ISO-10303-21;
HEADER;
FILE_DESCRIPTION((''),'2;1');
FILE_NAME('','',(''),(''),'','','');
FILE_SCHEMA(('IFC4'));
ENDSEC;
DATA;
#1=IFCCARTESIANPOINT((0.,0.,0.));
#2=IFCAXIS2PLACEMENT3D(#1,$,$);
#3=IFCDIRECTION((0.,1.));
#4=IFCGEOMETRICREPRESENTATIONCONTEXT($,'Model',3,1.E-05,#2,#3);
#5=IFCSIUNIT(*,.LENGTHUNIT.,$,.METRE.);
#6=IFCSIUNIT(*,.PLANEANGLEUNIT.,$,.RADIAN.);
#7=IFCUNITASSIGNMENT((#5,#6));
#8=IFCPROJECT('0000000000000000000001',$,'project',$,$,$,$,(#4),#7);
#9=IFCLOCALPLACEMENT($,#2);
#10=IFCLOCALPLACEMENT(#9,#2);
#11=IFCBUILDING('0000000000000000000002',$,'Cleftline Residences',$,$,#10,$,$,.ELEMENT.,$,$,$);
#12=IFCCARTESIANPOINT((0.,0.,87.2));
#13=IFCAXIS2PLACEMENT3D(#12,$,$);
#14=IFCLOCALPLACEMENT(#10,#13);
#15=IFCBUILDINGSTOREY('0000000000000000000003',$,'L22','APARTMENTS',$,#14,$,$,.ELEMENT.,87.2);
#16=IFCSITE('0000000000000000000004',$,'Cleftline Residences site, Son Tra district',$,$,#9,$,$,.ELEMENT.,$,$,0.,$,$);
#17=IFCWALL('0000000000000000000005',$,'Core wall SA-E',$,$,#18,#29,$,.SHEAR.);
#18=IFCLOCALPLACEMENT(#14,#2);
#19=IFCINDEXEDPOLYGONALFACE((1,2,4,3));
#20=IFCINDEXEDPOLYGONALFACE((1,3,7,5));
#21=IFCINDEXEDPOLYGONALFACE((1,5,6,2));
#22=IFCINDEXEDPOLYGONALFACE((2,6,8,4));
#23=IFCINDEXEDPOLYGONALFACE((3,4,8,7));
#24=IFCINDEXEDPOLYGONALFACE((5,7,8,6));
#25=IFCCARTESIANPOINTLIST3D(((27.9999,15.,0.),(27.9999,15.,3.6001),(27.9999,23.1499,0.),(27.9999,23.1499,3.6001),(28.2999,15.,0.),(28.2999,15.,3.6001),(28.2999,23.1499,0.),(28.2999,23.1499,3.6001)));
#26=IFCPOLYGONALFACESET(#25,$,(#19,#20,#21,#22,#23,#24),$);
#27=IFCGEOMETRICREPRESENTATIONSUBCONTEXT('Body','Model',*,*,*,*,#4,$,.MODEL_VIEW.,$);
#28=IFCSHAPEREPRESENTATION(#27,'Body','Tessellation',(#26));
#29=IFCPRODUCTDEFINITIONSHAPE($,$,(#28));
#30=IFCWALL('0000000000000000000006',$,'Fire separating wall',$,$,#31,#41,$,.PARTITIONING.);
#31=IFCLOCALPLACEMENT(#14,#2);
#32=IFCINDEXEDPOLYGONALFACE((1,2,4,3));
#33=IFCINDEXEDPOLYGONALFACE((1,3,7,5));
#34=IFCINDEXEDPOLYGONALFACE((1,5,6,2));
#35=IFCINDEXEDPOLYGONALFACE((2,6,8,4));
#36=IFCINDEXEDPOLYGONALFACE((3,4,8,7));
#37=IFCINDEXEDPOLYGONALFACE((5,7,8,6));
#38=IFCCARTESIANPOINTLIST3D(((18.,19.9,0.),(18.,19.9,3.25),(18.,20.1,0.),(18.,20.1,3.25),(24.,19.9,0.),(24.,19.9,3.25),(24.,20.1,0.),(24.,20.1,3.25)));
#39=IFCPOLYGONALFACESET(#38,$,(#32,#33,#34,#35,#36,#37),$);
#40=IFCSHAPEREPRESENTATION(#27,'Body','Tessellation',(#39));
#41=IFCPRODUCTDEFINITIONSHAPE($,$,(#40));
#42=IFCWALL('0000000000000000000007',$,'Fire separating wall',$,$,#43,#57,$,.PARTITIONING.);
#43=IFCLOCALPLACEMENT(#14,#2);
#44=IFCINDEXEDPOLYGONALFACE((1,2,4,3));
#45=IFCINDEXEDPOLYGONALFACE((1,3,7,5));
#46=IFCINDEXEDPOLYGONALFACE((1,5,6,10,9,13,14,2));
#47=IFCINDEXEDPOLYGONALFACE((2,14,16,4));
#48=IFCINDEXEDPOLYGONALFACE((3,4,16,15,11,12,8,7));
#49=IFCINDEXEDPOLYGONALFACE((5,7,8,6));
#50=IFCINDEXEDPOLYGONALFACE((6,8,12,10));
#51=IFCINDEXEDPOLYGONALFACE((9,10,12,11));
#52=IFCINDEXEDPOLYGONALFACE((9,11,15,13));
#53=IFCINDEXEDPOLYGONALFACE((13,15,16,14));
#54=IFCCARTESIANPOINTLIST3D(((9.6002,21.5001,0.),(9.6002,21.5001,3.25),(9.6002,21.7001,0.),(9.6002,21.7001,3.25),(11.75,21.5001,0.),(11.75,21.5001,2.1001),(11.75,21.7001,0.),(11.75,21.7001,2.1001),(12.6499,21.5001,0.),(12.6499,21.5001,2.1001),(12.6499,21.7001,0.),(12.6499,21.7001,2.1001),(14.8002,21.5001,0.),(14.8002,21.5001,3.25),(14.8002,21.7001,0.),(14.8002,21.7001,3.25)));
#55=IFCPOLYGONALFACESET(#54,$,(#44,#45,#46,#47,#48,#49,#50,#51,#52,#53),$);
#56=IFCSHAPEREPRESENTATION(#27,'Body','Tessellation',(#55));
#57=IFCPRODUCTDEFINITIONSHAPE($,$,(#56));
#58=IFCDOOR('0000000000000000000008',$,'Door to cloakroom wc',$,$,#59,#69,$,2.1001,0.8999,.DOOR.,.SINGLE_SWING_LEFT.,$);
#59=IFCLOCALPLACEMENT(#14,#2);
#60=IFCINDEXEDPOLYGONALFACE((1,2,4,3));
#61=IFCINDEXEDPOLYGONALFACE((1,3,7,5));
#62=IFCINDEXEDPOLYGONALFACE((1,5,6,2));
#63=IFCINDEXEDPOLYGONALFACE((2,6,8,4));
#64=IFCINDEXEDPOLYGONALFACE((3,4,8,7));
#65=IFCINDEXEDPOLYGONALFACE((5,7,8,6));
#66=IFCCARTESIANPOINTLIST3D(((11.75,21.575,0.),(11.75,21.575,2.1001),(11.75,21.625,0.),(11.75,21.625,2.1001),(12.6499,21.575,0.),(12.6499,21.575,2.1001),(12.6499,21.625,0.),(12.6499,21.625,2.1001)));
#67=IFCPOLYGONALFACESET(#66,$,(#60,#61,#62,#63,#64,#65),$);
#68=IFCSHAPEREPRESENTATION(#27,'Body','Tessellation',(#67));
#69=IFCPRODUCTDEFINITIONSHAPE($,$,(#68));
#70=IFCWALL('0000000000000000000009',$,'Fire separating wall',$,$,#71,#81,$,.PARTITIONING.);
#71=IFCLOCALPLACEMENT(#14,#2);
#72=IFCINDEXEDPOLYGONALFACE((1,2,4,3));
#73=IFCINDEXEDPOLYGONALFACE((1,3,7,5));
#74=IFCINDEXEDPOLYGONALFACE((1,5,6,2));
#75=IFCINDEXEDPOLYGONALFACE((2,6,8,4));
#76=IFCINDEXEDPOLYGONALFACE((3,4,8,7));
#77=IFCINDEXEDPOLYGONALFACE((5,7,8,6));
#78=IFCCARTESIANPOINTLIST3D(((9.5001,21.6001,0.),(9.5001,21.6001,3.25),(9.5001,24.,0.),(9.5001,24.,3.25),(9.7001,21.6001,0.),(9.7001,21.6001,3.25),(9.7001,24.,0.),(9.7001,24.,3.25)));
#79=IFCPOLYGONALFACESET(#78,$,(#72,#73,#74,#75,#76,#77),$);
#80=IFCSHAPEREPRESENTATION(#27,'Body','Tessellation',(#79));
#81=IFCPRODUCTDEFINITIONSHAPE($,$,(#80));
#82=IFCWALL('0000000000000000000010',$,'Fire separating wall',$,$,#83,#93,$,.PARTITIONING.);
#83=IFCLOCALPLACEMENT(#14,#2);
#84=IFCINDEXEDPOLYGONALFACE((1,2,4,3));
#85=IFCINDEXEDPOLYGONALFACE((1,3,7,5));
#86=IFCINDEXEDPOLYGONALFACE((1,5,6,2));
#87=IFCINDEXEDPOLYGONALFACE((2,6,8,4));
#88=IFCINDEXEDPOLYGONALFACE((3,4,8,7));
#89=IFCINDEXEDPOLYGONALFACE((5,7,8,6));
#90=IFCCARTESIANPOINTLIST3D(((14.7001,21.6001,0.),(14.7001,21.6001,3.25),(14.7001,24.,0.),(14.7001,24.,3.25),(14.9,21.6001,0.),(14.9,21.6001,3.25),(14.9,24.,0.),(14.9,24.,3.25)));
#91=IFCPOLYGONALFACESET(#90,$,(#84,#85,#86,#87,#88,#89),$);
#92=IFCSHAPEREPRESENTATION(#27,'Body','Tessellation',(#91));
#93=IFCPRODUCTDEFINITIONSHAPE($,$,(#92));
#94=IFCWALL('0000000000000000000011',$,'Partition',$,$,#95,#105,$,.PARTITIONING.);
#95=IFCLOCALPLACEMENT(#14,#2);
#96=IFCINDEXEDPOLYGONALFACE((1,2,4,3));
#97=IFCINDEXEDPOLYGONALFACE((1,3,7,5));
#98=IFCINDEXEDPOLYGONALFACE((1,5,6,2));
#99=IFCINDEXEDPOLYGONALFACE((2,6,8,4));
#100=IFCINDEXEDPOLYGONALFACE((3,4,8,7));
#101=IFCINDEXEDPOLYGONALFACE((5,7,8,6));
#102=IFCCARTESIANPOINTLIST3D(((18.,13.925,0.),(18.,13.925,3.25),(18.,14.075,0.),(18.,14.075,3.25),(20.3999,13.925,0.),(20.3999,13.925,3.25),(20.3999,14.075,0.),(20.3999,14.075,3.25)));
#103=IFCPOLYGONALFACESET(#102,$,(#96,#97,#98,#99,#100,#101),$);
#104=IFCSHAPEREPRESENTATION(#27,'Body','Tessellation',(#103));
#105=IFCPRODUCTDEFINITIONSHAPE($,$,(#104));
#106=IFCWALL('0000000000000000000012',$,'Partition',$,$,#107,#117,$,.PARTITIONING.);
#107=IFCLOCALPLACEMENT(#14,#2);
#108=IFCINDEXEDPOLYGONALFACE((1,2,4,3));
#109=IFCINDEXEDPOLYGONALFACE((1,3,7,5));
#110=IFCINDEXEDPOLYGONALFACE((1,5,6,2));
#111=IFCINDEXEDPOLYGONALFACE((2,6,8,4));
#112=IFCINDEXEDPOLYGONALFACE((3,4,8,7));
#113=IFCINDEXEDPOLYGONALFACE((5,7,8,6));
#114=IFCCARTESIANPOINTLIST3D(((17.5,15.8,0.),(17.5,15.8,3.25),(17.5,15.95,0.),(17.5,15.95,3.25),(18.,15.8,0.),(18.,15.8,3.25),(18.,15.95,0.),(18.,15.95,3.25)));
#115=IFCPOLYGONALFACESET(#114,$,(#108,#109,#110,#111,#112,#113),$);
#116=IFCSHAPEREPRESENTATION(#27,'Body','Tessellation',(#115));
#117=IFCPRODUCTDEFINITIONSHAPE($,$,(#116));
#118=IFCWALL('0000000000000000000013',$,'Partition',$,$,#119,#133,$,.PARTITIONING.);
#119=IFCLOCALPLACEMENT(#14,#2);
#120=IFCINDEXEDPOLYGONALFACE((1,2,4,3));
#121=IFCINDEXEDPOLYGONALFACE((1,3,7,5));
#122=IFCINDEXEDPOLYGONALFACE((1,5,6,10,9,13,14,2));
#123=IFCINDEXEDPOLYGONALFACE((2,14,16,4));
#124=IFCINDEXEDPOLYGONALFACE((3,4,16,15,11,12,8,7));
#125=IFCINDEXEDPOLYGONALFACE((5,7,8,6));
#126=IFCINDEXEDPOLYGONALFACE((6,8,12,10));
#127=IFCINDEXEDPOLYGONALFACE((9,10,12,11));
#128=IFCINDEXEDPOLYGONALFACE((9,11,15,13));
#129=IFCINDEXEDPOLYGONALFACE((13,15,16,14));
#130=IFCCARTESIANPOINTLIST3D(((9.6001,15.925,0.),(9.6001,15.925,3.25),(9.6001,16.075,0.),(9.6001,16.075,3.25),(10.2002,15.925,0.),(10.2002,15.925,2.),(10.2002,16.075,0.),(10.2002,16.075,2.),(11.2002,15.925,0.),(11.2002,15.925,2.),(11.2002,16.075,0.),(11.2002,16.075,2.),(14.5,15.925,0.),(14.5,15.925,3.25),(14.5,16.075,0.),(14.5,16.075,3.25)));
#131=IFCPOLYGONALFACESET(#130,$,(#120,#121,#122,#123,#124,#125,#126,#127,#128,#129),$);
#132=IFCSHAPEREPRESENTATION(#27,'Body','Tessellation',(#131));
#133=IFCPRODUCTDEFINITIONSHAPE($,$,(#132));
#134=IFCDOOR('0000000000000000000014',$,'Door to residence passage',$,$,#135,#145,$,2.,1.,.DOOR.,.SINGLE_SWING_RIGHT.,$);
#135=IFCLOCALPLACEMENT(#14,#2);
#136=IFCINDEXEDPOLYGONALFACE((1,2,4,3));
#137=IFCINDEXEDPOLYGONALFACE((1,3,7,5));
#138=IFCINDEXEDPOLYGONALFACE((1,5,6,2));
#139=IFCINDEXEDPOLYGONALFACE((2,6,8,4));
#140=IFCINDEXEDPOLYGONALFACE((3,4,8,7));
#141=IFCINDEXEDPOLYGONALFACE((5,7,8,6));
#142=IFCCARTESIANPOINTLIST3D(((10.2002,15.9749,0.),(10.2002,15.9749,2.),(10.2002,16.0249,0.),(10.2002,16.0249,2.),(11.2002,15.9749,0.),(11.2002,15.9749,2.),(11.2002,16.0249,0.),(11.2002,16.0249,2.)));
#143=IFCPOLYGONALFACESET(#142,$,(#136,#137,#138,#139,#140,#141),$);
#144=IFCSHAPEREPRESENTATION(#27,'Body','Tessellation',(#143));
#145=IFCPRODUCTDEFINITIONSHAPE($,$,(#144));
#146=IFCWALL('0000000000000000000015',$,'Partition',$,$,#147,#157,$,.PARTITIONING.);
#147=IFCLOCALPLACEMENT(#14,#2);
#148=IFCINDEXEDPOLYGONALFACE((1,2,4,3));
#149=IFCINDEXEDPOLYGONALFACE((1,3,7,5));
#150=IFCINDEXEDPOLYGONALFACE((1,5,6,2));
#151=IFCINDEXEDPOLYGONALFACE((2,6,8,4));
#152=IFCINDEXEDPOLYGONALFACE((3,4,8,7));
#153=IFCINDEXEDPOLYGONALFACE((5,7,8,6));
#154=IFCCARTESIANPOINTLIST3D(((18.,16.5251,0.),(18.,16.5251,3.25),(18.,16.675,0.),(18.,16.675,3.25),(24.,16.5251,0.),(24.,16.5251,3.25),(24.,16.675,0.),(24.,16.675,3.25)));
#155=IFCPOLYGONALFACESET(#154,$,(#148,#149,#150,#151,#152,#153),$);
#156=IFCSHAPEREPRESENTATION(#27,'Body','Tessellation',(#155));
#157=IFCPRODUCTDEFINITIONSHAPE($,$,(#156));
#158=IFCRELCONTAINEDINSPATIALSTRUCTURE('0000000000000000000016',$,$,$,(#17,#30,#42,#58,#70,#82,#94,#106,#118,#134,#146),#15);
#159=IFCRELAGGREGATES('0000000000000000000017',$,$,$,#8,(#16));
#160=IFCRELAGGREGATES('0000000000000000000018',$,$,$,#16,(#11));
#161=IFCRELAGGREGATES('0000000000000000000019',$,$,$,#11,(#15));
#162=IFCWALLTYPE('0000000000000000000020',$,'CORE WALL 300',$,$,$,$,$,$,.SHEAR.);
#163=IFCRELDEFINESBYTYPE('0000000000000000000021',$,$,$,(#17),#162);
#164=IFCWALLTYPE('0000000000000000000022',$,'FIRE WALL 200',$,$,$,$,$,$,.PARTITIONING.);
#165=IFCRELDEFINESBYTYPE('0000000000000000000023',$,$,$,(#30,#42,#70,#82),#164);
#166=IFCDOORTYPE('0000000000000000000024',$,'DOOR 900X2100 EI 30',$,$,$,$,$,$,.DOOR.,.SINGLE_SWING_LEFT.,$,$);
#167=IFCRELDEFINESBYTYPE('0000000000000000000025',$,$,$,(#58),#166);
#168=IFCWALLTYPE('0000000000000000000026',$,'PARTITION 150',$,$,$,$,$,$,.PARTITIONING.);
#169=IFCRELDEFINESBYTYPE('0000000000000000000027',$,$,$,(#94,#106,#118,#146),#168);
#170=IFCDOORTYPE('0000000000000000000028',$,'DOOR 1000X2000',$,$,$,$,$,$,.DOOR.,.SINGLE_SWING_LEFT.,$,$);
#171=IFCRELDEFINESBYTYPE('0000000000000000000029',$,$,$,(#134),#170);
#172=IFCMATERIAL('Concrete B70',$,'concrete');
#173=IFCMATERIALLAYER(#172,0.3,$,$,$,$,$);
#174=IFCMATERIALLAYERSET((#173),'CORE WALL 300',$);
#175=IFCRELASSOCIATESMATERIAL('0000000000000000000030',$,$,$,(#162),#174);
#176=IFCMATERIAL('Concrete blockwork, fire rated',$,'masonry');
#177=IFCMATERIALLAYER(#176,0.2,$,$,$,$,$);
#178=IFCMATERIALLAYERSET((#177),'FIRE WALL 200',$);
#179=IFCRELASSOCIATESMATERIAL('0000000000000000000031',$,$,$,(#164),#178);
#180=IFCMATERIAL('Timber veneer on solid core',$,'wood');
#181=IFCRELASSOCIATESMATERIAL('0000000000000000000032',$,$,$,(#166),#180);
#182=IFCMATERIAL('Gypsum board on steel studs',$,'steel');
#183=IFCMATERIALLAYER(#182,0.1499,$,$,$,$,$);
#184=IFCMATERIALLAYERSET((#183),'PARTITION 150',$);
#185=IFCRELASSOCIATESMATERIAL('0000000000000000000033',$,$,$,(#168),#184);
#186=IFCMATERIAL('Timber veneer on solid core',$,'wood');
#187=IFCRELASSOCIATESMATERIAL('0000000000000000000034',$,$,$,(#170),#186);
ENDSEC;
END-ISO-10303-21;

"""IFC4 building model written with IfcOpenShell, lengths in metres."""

from ifc_helpers import new_model, si_unit, direction, frame, frame_2d, origin, place, context, subcontext, project, spatial, rectangle, extrude, material, layer, layer_set, type_object, element, fill, save


model = new_model("IFC4")

# Units and contexts
model_context = context("Model", 3, precision=1e-05, world=origin(), true_north=direction((0.0, 1.0)))
body_context = subcontext(model_context, "Body", "Model", "MODEL_VIEW")
ifc_project = project(units=[si_unit("LENGTHUNIT", "METRE"), si_unit("PLANEANGLEUNIT", "RADIAN")], contexts=[model_context])

# Site, building, storey
site_placement = place(None, origin())
site = spatial("IfcSite", under=ifc_project, at=site_placement, Name="Cleftline Residences site, Son Tra district", CompositionType="ELEMENT", RefElevation=0.0)
building_placement = place(site_placement, origin())
building = spatial("IfcBuilding", under=site, at=building_placement, Name="Cleftline Residences", CompositionType="ELEMENT")
storey_placement = place(building_placement, frame((0.0, 0.0, 87.2)))
storey = spatial("IfcBuildingStorey", under=building, at=storey_placement, Name="L22", Description="APARTMENTS", CompositionType="ELEMENT", Elevation=87.2)

# Walls
ifc_material_1 = material(Name="Concrete B70", Category="concrete")
ifc_layer_1 = layer(ifc_material_1, 0.3)
ifc_layer_set_1 = layer_set([ifc_layer_1], Name="CORE WALL 300")
wall_type_1 = type_object("IfcWallType", Name="CORE WALL 300", PredefinedType="SHEAR", material=ifc_layer_set_1)
wall_1_placement = place(storey_placement, frame((28.1499, 15.0, 0.0), z_axis=(0.0, 0.0, 1.0), x_axis=(0.0, 1.0, 0.0)))
element("IfcWall", 1, at=wall_1_placement, inside=storey, type_object=wall_type_1, Name="Core wall SA-E", PredefinedType="SHEAR", context=body_context, shape_type="SweptSolid", body=[
    extrude(rectangle(XDim=8.1499, YDim=0.3, at=frame_2d((4.075, 0.0))), origin(), (0.0, 0.0, 1.0), 3.6001),
])
ifc_material_2 = material(Name="Concrete blockwork, fire rated", Category="masonry")
ifc_layer_2 = layer(ifc_material_2, 0.2)
ifc_layer_set_2 = layer_set([ifc_layer_2], Name="FIRE WALL 200")
wall_type_2 = type_object("IfcWallType", Name="FIRE WALL 200", PredefinedType="PARTITIONING", material=ifc_layer_set_2)
wall_2_placement = place(storey_placement, frame((18.0, 20.0, 0.0), z_axis=(0.0, 0.0, 1.0), x_axis=(1.0, 0.0, 0.0)))
element("IfcWall", 2, at=wall_2_placement, inside=storey, type_object=wall_type_2, Name="Fire separating wall", PredefinedType="PARTITIONING", context=body_context, shape_type="SweptSolid", body=[
    extrude(rectangle(XDim=6.0, YDim=0.2, at=frame_2d((3.0, 0.0))), origin(), (0.0, 0.0, 1.0), 3.25),
])

# Wall, opening, door
wall_3_placement = place(storey_placement, frame((9.6001, 21.6001, 0.0), z_axis=(0.0, 0.0, 1.0), x_axis=(1.0, 0.0, 0.0)))
wall_3 = element("IfcWall", 3, at=wall_3_placement, inside=storey, type_object=wall_type_2, Name="Fire separating wall", PredefinedType="PARTITIONING", context=body_context, shape_type="SweptSolid", body=[
    extrude(rectangle(XDim=5.2, YDim=0.2, at=frame_2d((2.6001, 0.0))), origin(), (0.0, 0.0, 1.0), 3.25),
])
opening_1_placement = place(wall_3_placement, frame((2.1499, 0.0, 0.0)))
opening_1 = element("IfcOpeningElement", 4, at=opening_1_placement, cuts=wall_3, PredefinedType="OPENING", context=body_context, shape_type="SweptSolid", body=[
    extrude(rectangle(XDim=0.8999, YDim=2.1001, at=frame_2d((0.45, 1.05))), frame((0.0, 0.1099, 0.0), z_axis=(0.0, -1.0, 0.0), x_axis=(1.0, 0.0, 0.0)), (0.0, 0.0, 1.0), 0.22),
])
ifc_material_3 = material(Name="Timber veneer on solid core", Category="wood")
door_type_1 = type_object("IfcDoorType", Name="DOOR 900X2100 EI 30", OperationType="SINGLE_SWING_LEFT", PredefinedType="DOOR", material=ifc_material_3)
door_1_placement = place(opening_1_placement, origin())
door_1 = element("IfcDoor", 5, at=door_1_placement, inside=storey, type_object=door_type_1, Name="Door to cloakroom wc", OperationType="SINGLE_SWING_LEFT", OverallHeight=2.1001, OverallWidth=0.8999, PredefinedType="DOOR", context=body_context, shape_type="SweptSolid", body=[
    extrude(rectangle(XDim=0.8999, YDim=2.1001, at=frame_2d((0.45, 1.05))), frame((0.0, 0.0249, 0.0), z_axis=(0.0, -1.0, 0.0), x_axis=(1.0, 0.0, 0.0)), (0.0, 0.0, 1.0), 0.05),
])
fill(opening_1, door_1)

# Walls
for number, where, z_axis, x_axis, name in (
    (6, (9.6001, 21.6001, 0.0), (0.0, 0.0, 1.0), (0.0, 1.0, 0.0), "Fire separating wall"),
    (7, (14.8, 21.6001, 0.0), (0.0, 0.0, 1.0), (0.0, 1.0, 0.0), "Fire separating wall"),
):
    element("IfcWall", number, at=place(storey_placement, frame(where, z_axis=z_axis, x_axis=x_axis)), inside=storey, type_object=wall_type_2, Name=name, PredefinedType="PARTITIONING", context=body_context, shape_type="SweptSolid", body=[
        extrude(rectangle(XDim=2.3999, YDim=0.2, at=frame_2d((1.2, 0.0))), origin(), (0.0, 0.0, 1.0), 3.25),
    ])
ifc_material_4 = material(Name="Gypsum board on steel studs", Category="steel")
ifc_layer_3 = layer(ifc_material_4, 0.1499)
ifc_layer_set_3 = layer_set([ifc_layer_3], Name="PARTITION 150")
wall_type_3 = type_object("IfcWallType", Name="PARTITION 150", PredefinedType="PARTITIONING", material=ifc_layer_set_3)
wall_4_placement = place(storey_placement, frame((18.0, 14.0, 0.0), z_axis=(0.0, 0.0, 1.0), x_axis=(1.0, 0.0, 0.0)))
element("IfcWall", 8, at=wall_4_placement, inside=storey, type_object=wall_type_3, Name="Partition", PredefinedType="PARTITIONING", context=body_context, shape_type="SweptSolid", body=[
    extrude(rectangle(XDim=2.3999, YDim=0.1499, at=frame_2d((1.2, 0.0))), origin(), (0.0, 0.0, 1.0), 3.25),
])
wall_5_placement = place(storey_placement, frame((17.5, 15.875, 0.0), z_axis=(0.0, 0.0, 1.0), x_axis=(1.0, 0.0, 0.0)))
element("IfcWall", 9, at=wall_5_placement, inside=storey, type_object=wall_type_3, Name="Partition", PredefinedType="PARTITIONING", context=body_context, shape_type="SweptSolid", body=[
    extrude(rectangle(XDim=0.5, YDim=0.1499, at=frame_2d((0.25, 0.0))), origin(), (0.0, 0.0, 1.0), 3.25),
])

# Wall, opening, door
wall_6_placement = place(storey_placement, frame((9.6001, 16.0, 0.0), z_axis=(0.0, 0.0, 1.0), x_axis=(1.0, 0.0, 0.0)))
wall_6 = element("IfcWall", 10, at=wall_6_placement, inside=storey, type_object=wall_type_3, Name="Partition", PredefinedType="PARTITIONING", context=body_context, shape_type="SweptSolid", body=[
    extrude(rectangle(XDim=4.8999, YDim=0.1499, at=frame_2d((2.45, 0.0))), origin(), (0.0, 0.0, 1.0), 3.25),
])
opening_2_placement = place(wall_6_placement, frame((0.6001, 0.0, 0.0)))
opening_2 = element("IfcOpeningElement", 11, at=opening_2_placement, cuts=wall_6, PredefinedType="OPENING", context=body_context, shape_type="SweptSolid", body=[
    extrude(rectangle(XDim=1.0, YDim=2.0, at=frame_2d((0.5, 1.0))), frame((0.0, 0.085, 0.0), z_axis=(0.0, -1.0, 0.0), x_axis=(1.0, 0.0, 0.0)), (0.0, 0.0, 1.0), 0.1699),
])
ifc_material_5 = material(Name="Timber veneer on solid core", Category="wood")
door_type_2 = type_object("IfcDoorType", Name="DOOR 1000X2000", OperationType="SINGLE_SWING_LEFT", PredefinedType="DOOR", material=ifc_material_5)
door_2_placement = place(opening_2_placement, origin())
door_2 = element("IfcDoor", 12, at=door_2_placement, inside=storey, type_object=door_type_2, Name="Door to residence passage", OperationType="SINGLE_SWING_RIGHT", OverallHeight=2.0, OverallWidth=1.0, PredefinedType="DOOR", context=body_context, shape_type="SweptSolid", body=[
    extrude(rectangle(XDim=1.0, YDim=2.0, at=frame_2d((0.5, 1.0))), frame((0.0, 0.0249, 0.0), z_axis=(0.0, -1.0, 0.0), x_axis=(1.0, 0.0, 0.0)), (0.0, 0.0, 1.0), 0.05),
])
fill(opening_2, door_2)

# Wall
wall_7_placement = place(storey_placement, frame((18.0, 16.6001, 0.0), z_axis=(0.0, 0.0, 1.0), x_axis=(1.0, 0.0, 0.0)))
element("IfcWall", 13, at=wall_7_placement, inside=storey, type_object=wall_type_3, Name="Partition", PredefinedType="PARTITIONING", context=body_context, shape_type="SweptSolid", body=[
    extrude(rectangle(XDim=6.0, YDim=0.1499, at=frame_2d((3.0, 0.0))), origin(), (0.0, 0.0, 1.0), 3.25),
])

save(model, "model.ifc")
